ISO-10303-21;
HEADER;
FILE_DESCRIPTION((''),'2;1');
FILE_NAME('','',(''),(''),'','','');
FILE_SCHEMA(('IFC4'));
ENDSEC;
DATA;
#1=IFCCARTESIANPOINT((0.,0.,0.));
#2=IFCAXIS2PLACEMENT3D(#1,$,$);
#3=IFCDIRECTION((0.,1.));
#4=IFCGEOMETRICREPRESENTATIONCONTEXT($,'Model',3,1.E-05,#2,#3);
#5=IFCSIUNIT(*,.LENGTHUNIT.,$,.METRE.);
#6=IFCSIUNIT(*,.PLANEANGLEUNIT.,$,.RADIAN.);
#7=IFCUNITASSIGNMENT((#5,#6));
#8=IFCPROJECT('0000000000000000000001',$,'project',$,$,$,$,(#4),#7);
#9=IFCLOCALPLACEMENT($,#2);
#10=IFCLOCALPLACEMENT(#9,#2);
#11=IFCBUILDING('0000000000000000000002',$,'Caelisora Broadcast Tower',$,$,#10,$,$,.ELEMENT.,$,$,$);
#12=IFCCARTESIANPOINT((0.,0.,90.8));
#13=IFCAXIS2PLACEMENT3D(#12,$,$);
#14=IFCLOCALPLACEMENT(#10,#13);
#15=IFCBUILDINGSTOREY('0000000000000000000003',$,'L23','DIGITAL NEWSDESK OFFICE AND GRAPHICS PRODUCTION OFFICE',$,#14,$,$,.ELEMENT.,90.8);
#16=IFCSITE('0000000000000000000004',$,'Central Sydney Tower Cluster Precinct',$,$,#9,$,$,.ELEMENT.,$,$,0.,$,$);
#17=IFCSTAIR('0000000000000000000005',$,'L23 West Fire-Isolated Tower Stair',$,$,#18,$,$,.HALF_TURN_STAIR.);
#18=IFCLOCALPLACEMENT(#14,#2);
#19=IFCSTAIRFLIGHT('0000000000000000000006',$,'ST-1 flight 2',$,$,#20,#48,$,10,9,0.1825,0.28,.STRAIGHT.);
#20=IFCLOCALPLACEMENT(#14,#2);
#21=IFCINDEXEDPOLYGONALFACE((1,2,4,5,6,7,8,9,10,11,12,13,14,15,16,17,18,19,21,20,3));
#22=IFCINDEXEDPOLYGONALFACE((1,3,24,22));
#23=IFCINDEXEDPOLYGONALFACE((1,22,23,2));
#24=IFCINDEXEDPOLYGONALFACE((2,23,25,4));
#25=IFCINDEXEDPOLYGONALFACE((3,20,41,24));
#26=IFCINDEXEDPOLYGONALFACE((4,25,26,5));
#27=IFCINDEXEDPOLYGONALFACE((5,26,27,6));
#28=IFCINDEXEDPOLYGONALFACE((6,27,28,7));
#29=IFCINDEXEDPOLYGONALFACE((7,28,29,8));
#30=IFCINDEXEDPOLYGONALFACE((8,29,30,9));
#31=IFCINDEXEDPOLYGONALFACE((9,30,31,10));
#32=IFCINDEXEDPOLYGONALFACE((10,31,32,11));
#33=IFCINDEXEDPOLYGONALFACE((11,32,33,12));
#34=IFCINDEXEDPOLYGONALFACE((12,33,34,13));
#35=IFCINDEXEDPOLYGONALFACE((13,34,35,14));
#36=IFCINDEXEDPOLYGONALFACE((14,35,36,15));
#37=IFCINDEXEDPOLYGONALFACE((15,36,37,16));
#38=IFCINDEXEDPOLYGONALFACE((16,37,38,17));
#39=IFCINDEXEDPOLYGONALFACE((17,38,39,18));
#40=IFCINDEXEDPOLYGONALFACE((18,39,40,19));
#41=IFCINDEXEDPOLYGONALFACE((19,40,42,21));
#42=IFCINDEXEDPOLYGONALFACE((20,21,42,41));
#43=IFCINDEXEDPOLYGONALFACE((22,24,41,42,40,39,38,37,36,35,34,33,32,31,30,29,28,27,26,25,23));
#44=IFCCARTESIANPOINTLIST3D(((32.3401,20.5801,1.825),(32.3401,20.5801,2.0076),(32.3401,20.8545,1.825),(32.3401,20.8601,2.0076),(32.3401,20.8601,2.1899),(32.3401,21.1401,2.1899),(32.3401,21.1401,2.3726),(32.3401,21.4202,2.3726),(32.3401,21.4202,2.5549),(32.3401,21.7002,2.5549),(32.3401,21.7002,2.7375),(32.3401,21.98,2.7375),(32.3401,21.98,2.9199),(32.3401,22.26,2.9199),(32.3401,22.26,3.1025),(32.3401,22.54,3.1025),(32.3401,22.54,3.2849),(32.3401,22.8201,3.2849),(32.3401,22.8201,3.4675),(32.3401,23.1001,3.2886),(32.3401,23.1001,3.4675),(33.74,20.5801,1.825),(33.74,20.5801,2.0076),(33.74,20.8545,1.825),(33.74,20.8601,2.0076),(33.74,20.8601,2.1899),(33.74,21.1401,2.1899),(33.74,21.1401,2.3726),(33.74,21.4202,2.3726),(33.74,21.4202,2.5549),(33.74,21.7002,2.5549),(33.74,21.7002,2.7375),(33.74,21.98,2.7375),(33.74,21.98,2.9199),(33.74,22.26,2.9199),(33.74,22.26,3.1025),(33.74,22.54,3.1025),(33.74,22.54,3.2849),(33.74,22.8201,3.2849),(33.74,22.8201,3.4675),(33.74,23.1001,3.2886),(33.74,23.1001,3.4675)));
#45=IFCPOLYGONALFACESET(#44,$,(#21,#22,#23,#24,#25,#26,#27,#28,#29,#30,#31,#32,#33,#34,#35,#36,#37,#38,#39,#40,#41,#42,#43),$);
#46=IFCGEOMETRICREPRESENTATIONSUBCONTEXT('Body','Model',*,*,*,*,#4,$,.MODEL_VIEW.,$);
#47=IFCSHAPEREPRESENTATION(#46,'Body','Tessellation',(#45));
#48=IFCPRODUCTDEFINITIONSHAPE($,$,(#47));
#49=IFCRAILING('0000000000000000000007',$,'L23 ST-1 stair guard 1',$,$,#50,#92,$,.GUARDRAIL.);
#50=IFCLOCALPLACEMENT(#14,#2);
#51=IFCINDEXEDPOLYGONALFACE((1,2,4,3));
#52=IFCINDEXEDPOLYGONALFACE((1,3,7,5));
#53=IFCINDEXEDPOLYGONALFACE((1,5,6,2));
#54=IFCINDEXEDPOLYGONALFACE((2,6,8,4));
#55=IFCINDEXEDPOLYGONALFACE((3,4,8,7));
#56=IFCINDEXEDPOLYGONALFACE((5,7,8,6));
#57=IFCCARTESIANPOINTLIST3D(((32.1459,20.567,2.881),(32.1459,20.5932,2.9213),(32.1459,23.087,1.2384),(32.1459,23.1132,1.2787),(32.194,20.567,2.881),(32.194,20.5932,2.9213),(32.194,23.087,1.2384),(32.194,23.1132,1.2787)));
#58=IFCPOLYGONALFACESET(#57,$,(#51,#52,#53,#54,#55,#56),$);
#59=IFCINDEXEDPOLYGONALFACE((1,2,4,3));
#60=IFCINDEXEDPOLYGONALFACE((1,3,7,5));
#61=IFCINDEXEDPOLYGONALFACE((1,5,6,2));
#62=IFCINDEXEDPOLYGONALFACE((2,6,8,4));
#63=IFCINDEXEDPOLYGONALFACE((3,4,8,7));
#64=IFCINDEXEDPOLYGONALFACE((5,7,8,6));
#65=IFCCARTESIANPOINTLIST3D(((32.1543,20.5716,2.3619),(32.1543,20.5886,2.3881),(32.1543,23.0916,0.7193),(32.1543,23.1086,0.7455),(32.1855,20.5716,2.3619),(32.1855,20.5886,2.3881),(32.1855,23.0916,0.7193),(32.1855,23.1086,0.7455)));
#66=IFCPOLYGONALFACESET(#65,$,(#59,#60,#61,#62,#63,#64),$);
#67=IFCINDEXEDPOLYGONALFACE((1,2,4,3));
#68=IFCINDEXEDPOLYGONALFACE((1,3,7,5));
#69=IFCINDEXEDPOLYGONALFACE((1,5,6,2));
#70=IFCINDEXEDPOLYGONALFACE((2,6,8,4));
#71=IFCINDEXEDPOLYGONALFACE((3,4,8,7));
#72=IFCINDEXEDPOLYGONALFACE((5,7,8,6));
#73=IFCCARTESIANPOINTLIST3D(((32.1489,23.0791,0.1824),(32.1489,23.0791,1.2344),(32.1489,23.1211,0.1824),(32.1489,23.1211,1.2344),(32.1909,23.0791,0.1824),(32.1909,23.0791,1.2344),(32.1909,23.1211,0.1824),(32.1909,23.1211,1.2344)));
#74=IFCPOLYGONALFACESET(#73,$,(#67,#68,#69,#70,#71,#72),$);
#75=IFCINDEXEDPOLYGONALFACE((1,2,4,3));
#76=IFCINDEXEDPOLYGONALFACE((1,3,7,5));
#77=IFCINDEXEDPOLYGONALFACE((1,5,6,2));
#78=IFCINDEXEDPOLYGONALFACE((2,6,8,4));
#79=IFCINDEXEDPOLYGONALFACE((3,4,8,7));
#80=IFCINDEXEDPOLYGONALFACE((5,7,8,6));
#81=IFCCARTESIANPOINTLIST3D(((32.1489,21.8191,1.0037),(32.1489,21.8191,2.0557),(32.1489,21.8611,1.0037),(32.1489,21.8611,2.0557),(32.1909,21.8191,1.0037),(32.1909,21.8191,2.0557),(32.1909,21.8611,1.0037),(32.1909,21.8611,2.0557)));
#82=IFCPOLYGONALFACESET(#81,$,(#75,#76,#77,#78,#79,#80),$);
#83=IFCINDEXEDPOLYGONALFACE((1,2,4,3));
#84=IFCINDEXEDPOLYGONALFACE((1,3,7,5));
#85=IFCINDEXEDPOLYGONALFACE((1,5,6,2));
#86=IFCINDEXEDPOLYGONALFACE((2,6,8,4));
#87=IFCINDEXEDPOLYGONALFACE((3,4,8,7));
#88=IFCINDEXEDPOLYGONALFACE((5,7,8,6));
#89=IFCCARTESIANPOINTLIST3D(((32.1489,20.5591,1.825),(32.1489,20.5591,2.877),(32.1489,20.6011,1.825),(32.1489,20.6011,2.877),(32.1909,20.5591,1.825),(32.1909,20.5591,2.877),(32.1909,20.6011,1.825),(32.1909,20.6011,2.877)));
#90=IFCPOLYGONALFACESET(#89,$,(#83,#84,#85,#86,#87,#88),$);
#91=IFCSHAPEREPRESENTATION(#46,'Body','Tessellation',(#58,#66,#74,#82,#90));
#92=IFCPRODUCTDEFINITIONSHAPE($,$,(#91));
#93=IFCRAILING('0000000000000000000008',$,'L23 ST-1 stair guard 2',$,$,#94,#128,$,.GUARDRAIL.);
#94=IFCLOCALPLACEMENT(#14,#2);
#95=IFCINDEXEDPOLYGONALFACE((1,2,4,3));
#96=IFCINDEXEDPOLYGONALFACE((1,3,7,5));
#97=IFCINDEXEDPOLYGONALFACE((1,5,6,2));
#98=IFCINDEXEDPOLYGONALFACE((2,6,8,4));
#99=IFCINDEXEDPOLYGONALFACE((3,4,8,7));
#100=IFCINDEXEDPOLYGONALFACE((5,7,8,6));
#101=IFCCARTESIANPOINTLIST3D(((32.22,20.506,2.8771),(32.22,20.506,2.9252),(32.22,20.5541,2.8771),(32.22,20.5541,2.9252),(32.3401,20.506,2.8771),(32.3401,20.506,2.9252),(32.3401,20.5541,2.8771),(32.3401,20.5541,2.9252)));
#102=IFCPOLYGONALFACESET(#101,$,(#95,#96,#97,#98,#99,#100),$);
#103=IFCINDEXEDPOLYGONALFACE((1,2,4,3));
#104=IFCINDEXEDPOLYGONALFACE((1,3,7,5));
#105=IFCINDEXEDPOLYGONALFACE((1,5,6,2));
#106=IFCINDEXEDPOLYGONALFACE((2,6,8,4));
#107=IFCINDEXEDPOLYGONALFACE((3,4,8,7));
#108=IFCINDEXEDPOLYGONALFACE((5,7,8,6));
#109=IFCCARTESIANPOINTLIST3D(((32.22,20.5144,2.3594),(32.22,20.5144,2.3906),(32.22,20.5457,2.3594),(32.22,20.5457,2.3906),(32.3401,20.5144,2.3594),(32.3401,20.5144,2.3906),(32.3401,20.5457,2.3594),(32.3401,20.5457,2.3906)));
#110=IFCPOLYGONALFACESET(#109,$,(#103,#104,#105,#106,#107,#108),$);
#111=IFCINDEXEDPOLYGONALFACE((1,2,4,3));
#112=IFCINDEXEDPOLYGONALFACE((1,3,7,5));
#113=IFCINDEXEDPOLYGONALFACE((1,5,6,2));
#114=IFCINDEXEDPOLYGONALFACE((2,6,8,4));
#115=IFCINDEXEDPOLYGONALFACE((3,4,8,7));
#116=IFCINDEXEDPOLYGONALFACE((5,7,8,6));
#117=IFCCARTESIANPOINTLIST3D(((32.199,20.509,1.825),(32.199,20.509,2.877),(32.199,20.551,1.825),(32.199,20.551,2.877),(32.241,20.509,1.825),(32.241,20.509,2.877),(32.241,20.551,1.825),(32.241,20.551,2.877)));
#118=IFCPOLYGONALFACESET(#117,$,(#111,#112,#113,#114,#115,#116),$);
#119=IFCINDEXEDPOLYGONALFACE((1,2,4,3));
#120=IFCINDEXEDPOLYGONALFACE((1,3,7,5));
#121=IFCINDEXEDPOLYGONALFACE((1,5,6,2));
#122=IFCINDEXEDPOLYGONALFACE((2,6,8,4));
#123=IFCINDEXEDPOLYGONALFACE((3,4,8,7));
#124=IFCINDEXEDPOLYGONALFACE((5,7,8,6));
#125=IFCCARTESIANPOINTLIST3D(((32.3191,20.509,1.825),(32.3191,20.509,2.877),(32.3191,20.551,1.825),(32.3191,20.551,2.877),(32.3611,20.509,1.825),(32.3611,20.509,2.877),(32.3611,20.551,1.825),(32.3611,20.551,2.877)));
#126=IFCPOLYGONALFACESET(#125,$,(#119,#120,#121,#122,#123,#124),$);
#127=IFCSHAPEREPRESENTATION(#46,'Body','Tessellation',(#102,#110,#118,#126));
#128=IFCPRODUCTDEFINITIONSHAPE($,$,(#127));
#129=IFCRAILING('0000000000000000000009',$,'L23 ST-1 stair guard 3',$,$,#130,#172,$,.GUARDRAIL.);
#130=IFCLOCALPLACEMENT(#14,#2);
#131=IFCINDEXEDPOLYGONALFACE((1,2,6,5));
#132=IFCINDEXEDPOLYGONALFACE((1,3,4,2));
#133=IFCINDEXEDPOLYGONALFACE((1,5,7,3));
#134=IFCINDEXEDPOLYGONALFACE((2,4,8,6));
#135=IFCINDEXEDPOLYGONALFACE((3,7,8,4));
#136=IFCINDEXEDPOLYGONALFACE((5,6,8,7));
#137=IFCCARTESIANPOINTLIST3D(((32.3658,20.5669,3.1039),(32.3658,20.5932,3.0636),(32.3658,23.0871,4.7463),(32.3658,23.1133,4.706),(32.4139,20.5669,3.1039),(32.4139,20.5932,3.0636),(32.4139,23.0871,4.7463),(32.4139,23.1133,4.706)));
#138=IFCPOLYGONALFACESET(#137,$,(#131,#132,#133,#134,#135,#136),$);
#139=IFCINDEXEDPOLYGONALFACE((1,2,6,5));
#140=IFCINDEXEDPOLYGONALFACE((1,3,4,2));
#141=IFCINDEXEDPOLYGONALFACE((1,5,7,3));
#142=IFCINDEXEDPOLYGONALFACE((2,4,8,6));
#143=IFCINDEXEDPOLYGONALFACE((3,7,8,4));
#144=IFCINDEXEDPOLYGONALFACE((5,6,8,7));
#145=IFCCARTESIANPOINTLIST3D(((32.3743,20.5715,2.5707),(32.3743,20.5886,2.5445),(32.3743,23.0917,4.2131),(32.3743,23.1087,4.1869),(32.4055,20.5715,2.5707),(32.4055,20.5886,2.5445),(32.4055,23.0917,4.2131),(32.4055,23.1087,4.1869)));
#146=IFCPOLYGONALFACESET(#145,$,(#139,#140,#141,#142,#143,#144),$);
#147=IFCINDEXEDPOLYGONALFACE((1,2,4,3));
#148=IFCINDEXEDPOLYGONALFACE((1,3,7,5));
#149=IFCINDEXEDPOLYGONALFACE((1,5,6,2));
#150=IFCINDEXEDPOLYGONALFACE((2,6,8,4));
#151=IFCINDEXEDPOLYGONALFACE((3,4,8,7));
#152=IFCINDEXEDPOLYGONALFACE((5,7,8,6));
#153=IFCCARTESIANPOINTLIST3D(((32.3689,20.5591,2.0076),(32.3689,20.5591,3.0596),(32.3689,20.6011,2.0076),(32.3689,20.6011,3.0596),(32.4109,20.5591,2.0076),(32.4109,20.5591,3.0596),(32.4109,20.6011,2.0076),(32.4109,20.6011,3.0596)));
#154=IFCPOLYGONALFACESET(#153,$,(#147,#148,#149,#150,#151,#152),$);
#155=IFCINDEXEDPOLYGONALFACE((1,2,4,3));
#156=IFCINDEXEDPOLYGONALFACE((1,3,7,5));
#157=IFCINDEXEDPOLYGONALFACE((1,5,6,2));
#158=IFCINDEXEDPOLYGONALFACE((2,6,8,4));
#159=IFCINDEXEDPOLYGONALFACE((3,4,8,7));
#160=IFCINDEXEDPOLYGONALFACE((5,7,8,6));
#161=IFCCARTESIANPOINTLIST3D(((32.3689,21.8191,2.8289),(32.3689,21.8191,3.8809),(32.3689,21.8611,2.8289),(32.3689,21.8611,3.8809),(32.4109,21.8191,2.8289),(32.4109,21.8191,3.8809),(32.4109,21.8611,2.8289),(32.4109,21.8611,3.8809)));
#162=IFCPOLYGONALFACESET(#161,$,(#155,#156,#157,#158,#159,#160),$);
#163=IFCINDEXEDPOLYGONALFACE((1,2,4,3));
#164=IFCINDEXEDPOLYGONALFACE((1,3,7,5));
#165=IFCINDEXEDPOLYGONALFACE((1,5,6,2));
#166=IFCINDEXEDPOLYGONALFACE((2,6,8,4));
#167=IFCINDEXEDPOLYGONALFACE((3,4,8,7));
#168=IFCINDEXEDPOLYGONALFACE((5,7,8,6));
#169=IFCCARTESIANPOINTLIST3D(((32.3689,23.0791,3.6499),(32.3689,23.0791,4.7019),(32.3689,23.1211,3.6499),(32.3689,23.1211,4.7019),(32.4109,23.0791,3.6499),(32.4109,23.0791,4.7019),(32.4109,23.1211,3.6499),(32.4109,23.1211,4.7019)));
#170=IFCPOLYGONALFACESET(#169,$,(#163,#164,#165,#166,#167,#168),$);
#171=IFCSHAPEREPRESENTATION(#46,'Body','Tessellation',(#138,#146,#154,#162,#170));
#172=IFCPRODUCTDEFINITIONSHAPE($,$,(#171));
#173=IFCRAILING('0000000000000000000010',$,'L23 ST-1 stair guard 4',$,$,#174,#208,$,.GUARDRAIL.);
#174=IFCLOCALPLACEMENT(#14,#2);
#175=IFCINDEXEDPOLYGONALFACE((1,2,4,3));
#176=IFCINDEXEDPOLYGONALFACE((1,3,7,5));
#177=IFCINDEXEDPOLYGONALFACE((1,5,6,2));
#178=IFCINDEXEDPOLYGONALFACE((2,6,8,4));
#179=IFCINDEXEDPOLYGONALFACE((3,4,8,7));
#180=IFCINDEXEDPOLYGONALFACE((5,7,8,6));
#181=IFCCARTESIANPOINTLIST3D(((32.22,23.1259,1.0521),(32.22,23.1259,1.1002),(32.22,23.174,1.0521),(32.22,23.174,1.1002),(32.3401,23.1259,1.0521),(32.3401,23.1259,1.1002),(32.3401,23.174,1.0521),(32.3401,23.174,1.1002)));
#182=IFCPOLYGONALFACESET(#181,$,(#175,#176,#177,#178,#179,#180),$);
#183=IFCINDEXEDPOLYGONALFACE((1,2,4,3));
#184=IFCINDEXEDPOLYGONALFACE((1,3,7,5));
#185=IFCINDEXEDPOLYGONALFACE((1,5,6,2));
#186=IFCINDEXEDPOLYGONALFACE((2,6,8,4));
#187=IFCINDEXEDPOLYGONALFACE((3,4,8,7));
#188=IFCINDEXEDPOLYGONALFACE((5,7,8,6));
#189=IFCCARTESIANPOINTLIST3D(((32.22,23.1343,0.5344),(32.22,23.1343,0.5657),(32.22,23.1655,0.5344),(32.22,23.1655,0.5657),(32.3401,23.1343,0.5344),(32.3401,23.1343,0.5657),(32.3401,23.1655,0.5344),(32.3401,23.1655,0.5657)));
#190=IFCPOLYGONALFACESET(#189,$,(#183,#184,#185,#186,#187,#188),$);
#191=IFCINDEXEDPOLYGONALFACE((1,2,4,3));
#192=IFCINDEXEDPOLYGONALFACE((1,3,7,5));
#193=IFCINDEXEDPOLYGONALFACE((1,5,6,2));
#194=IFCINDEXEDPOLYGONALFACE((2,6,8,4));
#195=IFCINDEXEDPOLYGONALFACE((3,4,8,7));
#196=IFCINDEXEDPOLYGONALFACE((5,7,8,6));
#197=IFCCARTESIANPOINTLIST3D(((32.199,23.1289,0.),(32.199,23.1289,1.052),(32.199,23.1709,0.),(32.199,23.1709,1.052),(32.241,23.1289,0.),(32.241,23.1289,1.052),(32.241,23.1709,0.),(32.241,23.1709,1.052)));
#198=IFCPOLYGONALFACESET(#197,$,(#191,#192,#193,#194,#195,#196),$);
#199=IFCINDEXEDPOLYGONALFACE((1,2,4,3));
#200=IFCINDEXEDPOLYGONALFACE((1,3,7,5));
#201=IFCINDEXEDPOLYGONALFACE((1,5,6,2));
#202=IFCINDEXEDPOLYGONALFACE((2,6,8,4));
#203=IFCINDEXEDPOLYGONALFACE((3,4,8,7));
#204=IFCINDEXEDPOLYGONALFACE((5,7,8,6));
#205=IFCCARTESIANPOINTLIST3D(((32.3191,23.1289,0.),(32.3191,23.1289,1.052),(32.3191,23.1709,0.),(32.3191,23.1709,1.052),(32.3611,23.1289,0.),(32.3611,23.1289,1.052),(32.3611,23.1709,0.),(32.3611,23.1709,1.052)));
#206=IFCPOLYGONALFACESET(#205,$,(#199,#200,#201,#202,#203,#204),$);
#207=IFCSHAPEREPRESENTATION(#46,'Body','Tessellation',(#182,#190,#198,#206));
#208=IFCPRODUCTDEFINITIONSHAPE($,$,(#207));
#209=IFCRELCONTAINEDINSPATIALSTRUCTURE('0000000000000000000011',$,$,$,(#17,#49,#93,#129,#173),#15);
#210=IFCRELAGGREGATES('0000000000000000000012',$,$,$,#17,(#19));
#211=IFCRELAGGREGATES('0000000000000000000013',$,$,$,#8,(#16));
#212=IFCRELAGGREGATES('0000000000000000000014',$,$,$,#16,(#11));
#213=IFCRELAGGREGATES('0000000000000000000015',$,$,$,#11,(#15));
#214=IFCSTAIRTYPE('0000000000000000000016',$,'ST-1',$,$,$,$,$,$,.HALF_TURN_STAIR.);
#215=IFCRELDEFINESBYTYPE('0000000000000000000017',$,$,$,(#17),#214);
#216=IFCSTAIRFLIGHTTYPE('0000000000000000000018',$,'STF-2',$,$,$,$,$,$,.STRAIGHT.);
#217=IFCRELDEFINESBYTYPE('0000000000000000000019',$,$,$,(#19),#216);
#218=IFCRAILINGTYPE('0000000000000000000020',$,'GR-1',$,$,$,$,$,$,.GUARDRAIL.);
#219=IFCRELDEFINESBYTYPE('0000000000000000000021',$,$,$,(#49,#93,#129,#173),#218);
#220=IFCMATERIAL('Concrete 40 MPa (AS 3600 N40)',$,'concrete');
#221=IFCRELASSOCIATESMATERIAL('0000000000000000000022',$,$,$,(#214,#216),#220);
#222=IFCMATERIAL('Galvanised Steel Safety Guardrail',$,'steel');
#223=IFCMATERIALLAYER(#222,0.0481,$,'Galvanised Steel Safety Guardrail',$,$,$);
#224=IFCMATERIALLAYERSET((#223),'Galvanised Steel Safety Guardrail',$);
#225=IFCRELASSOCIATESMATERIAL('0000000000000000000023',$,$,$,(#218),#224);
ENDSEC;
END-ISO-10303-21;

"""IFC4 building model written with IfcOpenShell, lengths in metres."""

from ifc_helpers import new_model, si_unit, direction, frame, origin, origin_2d, place, context, subcontext, project, spatial, polyline, rectangle, outline, extrude, material, layer, layer_set, type_object, element, aggregate, save


model = new_model("IFC4")

# Units and contexts
model_context = context("Model", 3, precision=1e-05, world=origin(), true_north=direction((0.0, 1.0)))
body_context = subcontext(model_context, "Body", "Model", "MODEL_VIEW")
ifc_project = project(units=[si_unit("LENGTHUNIT", "METRE"), si_unit("PLANEANGLEUNIT", "RADIAN")], contexts=[model_context])

# Site, building, storey
site_placement = place(None, origin())
site = spatial("IfcSite", under=ifc_project, at=site_placement, Name="Central Sydney Tower Cluster Precinct", CompositionType="ELEMENT", RefElevation=0.0)
building_placement = place(site_placement, origin())
building = spatial("IfcBuilding", under=site, at=building_placement, Name="Caelisora Broadcast Tower", CompositionType="ELEMENT")
storey_placement = place(building_placement, frame((0.0, 0.0, 90.8)))
storey = spatial("IfcBuildingStorey", under=building, at=storey_placement, Name="L23", Description="DIGITAL NEWSDESK OFFICE AND GRAPHICS PRODUCTION OFFICE", CompositionType="ELEMENT", Elevation=90.8)

# Stair, stair flight
ifc_material_1 = material(Name="Concrete 40 MPa (AS 3600 N40)", Category="concrete")
stair_type = type_object("IfcStairType", Name="ST-1", PredefinedType="HALF_TURN_STAIR", material=ifc_material_1)
stair_placement = place(storey_placement, origin())
stair = element("IfcStair", 1, at=stair_placement, inside=storey, type_object=stair_type, Name="L23 West Fire-Isolated Tower Stair", PredefinedType="HALF_TURN_STAIR")
stair_flight_type = type_object("IfcStairFlightType", Name="STF-2", PredefinedType="STRAIGHT", material=ifc_material_1)
stair_flight_1_placement = place(storey_placement, frame((33.04, 20.5801, 1.825), z_axis=(0.0, 0.0, 1.0), x_axis=(0.0, 1.0, 0.0)))
stair_flight_1 = element("IfcStairFlight", 2, at=stair_flight_1_placement, type_object=stair_flight_type, Name="ST-1 flight 2", NumberOfRisers=10, NumberOfTreads=9, PredefinedType="STRAIGHT", RiserHeight=0.1825, TreadLength=0.28, context=body_context, shape_type="SweptSolid", body=[
    extrude(outline(polyline([(0.0, 0.0), (0.0, 0.1826), (0.28, 0.1826), (0.28, 0.365), (0.5601, 0.365), (0.5601, 0.5476), (0.8401, 0.5476), (0.8401, 0.73), (1.1201, 0.73), (1.1201, 0.9126), (1.3999, 0.9126), (1.3999, 1.095), (1.6799, 1.095), (1.6799, 1.2776), (1.96, 1.2776), (1.96, 1.46), (2.24, 1.46), (2.24, 1.6426), (2.52, 1.6426), (2.52, 1.825), (2.52, 1.4636), (0.2744, 0.0), (0.0, 0.0)])), frame((0.0, 0.7, 0.0), z_axis=(0.0, -1.0, 0.0), x_axis=(1.0, 0.0, 0.0)), (0.0, 0.0, 1.0), 1.3999),
])
aggregate(stair, [stair_flight_1])

# Railings
ifc_material_2 = material(Name="Galvanised Steel Safety Guardrail", Category="steel")
ifc_layer_1 = layer(ifc_material_2, 0.0481, Name="Galvanised Steel Safety Guardrail")
ifc_layer_set_1 = layer_set([ifc_layer_1], Name="Galvanised Steel Safety Guardrail")
railing_type_1 = type_object("IfcRailingType", Name="GR-1", PredefinedType="GUARDRAIL", material=ifc_layer_set_1)
railing_1_placement = place(storey_placement, frame((32.1699, 23.1001, 0.1824)))
element("IfcRailing", 3, at=railing_1_placement, inside=storey, type_object=railing_type_1, Name="L23 ST-1 stair guard 1", PredefinedType="GUARDRAIL", context=body_context, shape_type="SweptSolid", body=[
    extrude(rectangle(XDim=0.0481, YDim=0.0481, at=origin_2d()), frame((0.0, 0.0, 1.0762), z_axis=(0.0, -0.837749, 0.546055), x_axis=(1.0, 0.0, 0.0)), (0.0, 0.0, 1.0), 3.0081),
    extrude(rectangle(XDim=0.0312, YDim=0.0312, at=origin_2d()), frame((0.0, 0.0, 0.55), z_axis=(0.0, -0.837749, 0.546055), x_axis=(1.0, 0.0, 0.0)), (0.0, 0.0, 1.0), 3.0081),
    extrude(rectangle(XDim=0.042, YDim=0.042, at=origin_2d()), origin(), (0.0, 0.0, 1.0), 1.052),
    extrude(rectangle(XDim=0.042, YDim=0.042, at=origin_2d()), frame((0.0, -1.26, 0.8213)), (0.0, 0.0, 1.0), 1.052),
    extrude(rectangle(XDim=0.042, YDim=0.042, at=origin_2d()), frame((0.0, -2.52, 1.6426)), (0.0, 0.0, 1.0), 1.052),
])
railing_2_placement = place(storey_placement, frame((32.22, 20.53, 1.825)))
element("IfcRailing", 4, at=railing_2_placement, inside=storey, type_object=railing_type_1, Name="L23 ST-1 stair guard 2", PredefinedType="GUARDRAIL", context=body_context, shape_type="SweptSolid", body=[
    extrude(rectangle(XDim=0.0481, YDim=0.0481, at=origin_2d()), frame((0.0, 0.0, 1.0762), z_axis=(1.0, 0.0, 0.0), x_axis=(0.0, 1.0, 0.0)), (0.0, 0.0, 1.0), 0.1201),
    extrude(rectangle(XDim=0.0312, YDim=0.0312, at=origin_2d()), frame((0.0, 0.0, 0.55), z_axis=(1.0, 0.0, 0.0), x_axis=(0.0, 1.0, 0.0)), (0.0, 0.0, 1.0), 0.1201),
    extrude(rectangle(XDim=0.042, YDim=0.042, at=origin_2d()), origin(), (0.0, 0.0, 1.0), 1.052),
    extrude(rectangle(XDim=0.042, YDim=0.042, at=origin_2d()), frame((0.1201, 0.0, 0.0)), (0.0, 0.0, 1.0), 1.052),
])
railing_3_placement = place(storey_placement, frame((32.3899, 20.5801, 2.0076)))
element("IfcRailing", 5, at=railing_3_placement, inside=storey, type_object=railing_type_1, Name="L23 ST-1 stair guard 3", PredefinedType="GUARDRAIL", context=body_context, shape_type="SweptSolid", body=[
    extrude(rectangle(XDim=0.0481, YDim=0.0481, at=origin_2d()), frame((0.0, 0.0, 1.0762), z_axis=(0.0, 0.837787, 0.545998), x_axis=(-1.0, 0.0, 0.0)), (0.0, 0.0, 1.0), 3.0081),
    extrude(rectangle(XDim=0.0312, YDim=0.0312, at=origin_2d()), frame((0.0, 0.0, 0.55), z_axis=(0.0, 0.837787, 0.545998), x_axis=(-1.0, 0.0, 0.0)), (0.0, 0.0, 1.0), 3.0081),
    extrude(rectangle(XDim=0.042, YDim=0.042, at=origin_2d()), origin(), (0.0, 0.0, 1.0), 1.052),
    extrude(rectangle(XDim=0.042, YDim=0.042, at=origin_2d()), frame((0.0, 1.26, 0.8213)), (0.0, 0.0, 1.0), 1.052),
    extrude(rectangle(XDim=0.042, YDim=0.042, at=origin_2d()), frame((0.0, 2.52, 1.6423)), (0.0, 0.0, 1.0), 1.052),
])
railing_4_placement = place(storey_placement, frame((32.22, 23.1499, 0.0)))
element("IfcRailing", 6, at=railing_4_placement, inside=storey, type_object=railing_type_1, Name="L23 ST-1 stair guard 4", PredefinedType="GUARDRAIL", context=body_context, shape_type="SweptSolid", body=[
    extrude(rectangle(XDim=0.0481, YDim=0.0481, at=origin_2d()), frame((0.0, 0.0, 1.0762), z_axis=(1.0, 0.0, 0.0), x_axis=(0.0, 1.0, 0.0)), (0.0, 0.0, 1.0), 0.1201),
    extrude(rectangle(XDim=0.0312, YDim=0.0312, at=origin_2d()), frame((0.0, 0.0, 0.55), z_axis=(1.0, 0.0, 0.0), x_axis=(0.0, 1.0, 0.0)), (0.0, 0.0, 1.0), 0.1201),
    extrude(rectangle(XDim=0.042, YDim=0.042, at=origin_2d()), origin(), (0.0, 0.0, 1.0), 1.052),
    extrude(rectangle(XDim=0.042, YDim=0.042, at=origin_2d()), frame((0.1201, 0.0, 0.0)), (0.0, 0.0, 1.0), 1.052),
])

save(model, "model.ifc")
